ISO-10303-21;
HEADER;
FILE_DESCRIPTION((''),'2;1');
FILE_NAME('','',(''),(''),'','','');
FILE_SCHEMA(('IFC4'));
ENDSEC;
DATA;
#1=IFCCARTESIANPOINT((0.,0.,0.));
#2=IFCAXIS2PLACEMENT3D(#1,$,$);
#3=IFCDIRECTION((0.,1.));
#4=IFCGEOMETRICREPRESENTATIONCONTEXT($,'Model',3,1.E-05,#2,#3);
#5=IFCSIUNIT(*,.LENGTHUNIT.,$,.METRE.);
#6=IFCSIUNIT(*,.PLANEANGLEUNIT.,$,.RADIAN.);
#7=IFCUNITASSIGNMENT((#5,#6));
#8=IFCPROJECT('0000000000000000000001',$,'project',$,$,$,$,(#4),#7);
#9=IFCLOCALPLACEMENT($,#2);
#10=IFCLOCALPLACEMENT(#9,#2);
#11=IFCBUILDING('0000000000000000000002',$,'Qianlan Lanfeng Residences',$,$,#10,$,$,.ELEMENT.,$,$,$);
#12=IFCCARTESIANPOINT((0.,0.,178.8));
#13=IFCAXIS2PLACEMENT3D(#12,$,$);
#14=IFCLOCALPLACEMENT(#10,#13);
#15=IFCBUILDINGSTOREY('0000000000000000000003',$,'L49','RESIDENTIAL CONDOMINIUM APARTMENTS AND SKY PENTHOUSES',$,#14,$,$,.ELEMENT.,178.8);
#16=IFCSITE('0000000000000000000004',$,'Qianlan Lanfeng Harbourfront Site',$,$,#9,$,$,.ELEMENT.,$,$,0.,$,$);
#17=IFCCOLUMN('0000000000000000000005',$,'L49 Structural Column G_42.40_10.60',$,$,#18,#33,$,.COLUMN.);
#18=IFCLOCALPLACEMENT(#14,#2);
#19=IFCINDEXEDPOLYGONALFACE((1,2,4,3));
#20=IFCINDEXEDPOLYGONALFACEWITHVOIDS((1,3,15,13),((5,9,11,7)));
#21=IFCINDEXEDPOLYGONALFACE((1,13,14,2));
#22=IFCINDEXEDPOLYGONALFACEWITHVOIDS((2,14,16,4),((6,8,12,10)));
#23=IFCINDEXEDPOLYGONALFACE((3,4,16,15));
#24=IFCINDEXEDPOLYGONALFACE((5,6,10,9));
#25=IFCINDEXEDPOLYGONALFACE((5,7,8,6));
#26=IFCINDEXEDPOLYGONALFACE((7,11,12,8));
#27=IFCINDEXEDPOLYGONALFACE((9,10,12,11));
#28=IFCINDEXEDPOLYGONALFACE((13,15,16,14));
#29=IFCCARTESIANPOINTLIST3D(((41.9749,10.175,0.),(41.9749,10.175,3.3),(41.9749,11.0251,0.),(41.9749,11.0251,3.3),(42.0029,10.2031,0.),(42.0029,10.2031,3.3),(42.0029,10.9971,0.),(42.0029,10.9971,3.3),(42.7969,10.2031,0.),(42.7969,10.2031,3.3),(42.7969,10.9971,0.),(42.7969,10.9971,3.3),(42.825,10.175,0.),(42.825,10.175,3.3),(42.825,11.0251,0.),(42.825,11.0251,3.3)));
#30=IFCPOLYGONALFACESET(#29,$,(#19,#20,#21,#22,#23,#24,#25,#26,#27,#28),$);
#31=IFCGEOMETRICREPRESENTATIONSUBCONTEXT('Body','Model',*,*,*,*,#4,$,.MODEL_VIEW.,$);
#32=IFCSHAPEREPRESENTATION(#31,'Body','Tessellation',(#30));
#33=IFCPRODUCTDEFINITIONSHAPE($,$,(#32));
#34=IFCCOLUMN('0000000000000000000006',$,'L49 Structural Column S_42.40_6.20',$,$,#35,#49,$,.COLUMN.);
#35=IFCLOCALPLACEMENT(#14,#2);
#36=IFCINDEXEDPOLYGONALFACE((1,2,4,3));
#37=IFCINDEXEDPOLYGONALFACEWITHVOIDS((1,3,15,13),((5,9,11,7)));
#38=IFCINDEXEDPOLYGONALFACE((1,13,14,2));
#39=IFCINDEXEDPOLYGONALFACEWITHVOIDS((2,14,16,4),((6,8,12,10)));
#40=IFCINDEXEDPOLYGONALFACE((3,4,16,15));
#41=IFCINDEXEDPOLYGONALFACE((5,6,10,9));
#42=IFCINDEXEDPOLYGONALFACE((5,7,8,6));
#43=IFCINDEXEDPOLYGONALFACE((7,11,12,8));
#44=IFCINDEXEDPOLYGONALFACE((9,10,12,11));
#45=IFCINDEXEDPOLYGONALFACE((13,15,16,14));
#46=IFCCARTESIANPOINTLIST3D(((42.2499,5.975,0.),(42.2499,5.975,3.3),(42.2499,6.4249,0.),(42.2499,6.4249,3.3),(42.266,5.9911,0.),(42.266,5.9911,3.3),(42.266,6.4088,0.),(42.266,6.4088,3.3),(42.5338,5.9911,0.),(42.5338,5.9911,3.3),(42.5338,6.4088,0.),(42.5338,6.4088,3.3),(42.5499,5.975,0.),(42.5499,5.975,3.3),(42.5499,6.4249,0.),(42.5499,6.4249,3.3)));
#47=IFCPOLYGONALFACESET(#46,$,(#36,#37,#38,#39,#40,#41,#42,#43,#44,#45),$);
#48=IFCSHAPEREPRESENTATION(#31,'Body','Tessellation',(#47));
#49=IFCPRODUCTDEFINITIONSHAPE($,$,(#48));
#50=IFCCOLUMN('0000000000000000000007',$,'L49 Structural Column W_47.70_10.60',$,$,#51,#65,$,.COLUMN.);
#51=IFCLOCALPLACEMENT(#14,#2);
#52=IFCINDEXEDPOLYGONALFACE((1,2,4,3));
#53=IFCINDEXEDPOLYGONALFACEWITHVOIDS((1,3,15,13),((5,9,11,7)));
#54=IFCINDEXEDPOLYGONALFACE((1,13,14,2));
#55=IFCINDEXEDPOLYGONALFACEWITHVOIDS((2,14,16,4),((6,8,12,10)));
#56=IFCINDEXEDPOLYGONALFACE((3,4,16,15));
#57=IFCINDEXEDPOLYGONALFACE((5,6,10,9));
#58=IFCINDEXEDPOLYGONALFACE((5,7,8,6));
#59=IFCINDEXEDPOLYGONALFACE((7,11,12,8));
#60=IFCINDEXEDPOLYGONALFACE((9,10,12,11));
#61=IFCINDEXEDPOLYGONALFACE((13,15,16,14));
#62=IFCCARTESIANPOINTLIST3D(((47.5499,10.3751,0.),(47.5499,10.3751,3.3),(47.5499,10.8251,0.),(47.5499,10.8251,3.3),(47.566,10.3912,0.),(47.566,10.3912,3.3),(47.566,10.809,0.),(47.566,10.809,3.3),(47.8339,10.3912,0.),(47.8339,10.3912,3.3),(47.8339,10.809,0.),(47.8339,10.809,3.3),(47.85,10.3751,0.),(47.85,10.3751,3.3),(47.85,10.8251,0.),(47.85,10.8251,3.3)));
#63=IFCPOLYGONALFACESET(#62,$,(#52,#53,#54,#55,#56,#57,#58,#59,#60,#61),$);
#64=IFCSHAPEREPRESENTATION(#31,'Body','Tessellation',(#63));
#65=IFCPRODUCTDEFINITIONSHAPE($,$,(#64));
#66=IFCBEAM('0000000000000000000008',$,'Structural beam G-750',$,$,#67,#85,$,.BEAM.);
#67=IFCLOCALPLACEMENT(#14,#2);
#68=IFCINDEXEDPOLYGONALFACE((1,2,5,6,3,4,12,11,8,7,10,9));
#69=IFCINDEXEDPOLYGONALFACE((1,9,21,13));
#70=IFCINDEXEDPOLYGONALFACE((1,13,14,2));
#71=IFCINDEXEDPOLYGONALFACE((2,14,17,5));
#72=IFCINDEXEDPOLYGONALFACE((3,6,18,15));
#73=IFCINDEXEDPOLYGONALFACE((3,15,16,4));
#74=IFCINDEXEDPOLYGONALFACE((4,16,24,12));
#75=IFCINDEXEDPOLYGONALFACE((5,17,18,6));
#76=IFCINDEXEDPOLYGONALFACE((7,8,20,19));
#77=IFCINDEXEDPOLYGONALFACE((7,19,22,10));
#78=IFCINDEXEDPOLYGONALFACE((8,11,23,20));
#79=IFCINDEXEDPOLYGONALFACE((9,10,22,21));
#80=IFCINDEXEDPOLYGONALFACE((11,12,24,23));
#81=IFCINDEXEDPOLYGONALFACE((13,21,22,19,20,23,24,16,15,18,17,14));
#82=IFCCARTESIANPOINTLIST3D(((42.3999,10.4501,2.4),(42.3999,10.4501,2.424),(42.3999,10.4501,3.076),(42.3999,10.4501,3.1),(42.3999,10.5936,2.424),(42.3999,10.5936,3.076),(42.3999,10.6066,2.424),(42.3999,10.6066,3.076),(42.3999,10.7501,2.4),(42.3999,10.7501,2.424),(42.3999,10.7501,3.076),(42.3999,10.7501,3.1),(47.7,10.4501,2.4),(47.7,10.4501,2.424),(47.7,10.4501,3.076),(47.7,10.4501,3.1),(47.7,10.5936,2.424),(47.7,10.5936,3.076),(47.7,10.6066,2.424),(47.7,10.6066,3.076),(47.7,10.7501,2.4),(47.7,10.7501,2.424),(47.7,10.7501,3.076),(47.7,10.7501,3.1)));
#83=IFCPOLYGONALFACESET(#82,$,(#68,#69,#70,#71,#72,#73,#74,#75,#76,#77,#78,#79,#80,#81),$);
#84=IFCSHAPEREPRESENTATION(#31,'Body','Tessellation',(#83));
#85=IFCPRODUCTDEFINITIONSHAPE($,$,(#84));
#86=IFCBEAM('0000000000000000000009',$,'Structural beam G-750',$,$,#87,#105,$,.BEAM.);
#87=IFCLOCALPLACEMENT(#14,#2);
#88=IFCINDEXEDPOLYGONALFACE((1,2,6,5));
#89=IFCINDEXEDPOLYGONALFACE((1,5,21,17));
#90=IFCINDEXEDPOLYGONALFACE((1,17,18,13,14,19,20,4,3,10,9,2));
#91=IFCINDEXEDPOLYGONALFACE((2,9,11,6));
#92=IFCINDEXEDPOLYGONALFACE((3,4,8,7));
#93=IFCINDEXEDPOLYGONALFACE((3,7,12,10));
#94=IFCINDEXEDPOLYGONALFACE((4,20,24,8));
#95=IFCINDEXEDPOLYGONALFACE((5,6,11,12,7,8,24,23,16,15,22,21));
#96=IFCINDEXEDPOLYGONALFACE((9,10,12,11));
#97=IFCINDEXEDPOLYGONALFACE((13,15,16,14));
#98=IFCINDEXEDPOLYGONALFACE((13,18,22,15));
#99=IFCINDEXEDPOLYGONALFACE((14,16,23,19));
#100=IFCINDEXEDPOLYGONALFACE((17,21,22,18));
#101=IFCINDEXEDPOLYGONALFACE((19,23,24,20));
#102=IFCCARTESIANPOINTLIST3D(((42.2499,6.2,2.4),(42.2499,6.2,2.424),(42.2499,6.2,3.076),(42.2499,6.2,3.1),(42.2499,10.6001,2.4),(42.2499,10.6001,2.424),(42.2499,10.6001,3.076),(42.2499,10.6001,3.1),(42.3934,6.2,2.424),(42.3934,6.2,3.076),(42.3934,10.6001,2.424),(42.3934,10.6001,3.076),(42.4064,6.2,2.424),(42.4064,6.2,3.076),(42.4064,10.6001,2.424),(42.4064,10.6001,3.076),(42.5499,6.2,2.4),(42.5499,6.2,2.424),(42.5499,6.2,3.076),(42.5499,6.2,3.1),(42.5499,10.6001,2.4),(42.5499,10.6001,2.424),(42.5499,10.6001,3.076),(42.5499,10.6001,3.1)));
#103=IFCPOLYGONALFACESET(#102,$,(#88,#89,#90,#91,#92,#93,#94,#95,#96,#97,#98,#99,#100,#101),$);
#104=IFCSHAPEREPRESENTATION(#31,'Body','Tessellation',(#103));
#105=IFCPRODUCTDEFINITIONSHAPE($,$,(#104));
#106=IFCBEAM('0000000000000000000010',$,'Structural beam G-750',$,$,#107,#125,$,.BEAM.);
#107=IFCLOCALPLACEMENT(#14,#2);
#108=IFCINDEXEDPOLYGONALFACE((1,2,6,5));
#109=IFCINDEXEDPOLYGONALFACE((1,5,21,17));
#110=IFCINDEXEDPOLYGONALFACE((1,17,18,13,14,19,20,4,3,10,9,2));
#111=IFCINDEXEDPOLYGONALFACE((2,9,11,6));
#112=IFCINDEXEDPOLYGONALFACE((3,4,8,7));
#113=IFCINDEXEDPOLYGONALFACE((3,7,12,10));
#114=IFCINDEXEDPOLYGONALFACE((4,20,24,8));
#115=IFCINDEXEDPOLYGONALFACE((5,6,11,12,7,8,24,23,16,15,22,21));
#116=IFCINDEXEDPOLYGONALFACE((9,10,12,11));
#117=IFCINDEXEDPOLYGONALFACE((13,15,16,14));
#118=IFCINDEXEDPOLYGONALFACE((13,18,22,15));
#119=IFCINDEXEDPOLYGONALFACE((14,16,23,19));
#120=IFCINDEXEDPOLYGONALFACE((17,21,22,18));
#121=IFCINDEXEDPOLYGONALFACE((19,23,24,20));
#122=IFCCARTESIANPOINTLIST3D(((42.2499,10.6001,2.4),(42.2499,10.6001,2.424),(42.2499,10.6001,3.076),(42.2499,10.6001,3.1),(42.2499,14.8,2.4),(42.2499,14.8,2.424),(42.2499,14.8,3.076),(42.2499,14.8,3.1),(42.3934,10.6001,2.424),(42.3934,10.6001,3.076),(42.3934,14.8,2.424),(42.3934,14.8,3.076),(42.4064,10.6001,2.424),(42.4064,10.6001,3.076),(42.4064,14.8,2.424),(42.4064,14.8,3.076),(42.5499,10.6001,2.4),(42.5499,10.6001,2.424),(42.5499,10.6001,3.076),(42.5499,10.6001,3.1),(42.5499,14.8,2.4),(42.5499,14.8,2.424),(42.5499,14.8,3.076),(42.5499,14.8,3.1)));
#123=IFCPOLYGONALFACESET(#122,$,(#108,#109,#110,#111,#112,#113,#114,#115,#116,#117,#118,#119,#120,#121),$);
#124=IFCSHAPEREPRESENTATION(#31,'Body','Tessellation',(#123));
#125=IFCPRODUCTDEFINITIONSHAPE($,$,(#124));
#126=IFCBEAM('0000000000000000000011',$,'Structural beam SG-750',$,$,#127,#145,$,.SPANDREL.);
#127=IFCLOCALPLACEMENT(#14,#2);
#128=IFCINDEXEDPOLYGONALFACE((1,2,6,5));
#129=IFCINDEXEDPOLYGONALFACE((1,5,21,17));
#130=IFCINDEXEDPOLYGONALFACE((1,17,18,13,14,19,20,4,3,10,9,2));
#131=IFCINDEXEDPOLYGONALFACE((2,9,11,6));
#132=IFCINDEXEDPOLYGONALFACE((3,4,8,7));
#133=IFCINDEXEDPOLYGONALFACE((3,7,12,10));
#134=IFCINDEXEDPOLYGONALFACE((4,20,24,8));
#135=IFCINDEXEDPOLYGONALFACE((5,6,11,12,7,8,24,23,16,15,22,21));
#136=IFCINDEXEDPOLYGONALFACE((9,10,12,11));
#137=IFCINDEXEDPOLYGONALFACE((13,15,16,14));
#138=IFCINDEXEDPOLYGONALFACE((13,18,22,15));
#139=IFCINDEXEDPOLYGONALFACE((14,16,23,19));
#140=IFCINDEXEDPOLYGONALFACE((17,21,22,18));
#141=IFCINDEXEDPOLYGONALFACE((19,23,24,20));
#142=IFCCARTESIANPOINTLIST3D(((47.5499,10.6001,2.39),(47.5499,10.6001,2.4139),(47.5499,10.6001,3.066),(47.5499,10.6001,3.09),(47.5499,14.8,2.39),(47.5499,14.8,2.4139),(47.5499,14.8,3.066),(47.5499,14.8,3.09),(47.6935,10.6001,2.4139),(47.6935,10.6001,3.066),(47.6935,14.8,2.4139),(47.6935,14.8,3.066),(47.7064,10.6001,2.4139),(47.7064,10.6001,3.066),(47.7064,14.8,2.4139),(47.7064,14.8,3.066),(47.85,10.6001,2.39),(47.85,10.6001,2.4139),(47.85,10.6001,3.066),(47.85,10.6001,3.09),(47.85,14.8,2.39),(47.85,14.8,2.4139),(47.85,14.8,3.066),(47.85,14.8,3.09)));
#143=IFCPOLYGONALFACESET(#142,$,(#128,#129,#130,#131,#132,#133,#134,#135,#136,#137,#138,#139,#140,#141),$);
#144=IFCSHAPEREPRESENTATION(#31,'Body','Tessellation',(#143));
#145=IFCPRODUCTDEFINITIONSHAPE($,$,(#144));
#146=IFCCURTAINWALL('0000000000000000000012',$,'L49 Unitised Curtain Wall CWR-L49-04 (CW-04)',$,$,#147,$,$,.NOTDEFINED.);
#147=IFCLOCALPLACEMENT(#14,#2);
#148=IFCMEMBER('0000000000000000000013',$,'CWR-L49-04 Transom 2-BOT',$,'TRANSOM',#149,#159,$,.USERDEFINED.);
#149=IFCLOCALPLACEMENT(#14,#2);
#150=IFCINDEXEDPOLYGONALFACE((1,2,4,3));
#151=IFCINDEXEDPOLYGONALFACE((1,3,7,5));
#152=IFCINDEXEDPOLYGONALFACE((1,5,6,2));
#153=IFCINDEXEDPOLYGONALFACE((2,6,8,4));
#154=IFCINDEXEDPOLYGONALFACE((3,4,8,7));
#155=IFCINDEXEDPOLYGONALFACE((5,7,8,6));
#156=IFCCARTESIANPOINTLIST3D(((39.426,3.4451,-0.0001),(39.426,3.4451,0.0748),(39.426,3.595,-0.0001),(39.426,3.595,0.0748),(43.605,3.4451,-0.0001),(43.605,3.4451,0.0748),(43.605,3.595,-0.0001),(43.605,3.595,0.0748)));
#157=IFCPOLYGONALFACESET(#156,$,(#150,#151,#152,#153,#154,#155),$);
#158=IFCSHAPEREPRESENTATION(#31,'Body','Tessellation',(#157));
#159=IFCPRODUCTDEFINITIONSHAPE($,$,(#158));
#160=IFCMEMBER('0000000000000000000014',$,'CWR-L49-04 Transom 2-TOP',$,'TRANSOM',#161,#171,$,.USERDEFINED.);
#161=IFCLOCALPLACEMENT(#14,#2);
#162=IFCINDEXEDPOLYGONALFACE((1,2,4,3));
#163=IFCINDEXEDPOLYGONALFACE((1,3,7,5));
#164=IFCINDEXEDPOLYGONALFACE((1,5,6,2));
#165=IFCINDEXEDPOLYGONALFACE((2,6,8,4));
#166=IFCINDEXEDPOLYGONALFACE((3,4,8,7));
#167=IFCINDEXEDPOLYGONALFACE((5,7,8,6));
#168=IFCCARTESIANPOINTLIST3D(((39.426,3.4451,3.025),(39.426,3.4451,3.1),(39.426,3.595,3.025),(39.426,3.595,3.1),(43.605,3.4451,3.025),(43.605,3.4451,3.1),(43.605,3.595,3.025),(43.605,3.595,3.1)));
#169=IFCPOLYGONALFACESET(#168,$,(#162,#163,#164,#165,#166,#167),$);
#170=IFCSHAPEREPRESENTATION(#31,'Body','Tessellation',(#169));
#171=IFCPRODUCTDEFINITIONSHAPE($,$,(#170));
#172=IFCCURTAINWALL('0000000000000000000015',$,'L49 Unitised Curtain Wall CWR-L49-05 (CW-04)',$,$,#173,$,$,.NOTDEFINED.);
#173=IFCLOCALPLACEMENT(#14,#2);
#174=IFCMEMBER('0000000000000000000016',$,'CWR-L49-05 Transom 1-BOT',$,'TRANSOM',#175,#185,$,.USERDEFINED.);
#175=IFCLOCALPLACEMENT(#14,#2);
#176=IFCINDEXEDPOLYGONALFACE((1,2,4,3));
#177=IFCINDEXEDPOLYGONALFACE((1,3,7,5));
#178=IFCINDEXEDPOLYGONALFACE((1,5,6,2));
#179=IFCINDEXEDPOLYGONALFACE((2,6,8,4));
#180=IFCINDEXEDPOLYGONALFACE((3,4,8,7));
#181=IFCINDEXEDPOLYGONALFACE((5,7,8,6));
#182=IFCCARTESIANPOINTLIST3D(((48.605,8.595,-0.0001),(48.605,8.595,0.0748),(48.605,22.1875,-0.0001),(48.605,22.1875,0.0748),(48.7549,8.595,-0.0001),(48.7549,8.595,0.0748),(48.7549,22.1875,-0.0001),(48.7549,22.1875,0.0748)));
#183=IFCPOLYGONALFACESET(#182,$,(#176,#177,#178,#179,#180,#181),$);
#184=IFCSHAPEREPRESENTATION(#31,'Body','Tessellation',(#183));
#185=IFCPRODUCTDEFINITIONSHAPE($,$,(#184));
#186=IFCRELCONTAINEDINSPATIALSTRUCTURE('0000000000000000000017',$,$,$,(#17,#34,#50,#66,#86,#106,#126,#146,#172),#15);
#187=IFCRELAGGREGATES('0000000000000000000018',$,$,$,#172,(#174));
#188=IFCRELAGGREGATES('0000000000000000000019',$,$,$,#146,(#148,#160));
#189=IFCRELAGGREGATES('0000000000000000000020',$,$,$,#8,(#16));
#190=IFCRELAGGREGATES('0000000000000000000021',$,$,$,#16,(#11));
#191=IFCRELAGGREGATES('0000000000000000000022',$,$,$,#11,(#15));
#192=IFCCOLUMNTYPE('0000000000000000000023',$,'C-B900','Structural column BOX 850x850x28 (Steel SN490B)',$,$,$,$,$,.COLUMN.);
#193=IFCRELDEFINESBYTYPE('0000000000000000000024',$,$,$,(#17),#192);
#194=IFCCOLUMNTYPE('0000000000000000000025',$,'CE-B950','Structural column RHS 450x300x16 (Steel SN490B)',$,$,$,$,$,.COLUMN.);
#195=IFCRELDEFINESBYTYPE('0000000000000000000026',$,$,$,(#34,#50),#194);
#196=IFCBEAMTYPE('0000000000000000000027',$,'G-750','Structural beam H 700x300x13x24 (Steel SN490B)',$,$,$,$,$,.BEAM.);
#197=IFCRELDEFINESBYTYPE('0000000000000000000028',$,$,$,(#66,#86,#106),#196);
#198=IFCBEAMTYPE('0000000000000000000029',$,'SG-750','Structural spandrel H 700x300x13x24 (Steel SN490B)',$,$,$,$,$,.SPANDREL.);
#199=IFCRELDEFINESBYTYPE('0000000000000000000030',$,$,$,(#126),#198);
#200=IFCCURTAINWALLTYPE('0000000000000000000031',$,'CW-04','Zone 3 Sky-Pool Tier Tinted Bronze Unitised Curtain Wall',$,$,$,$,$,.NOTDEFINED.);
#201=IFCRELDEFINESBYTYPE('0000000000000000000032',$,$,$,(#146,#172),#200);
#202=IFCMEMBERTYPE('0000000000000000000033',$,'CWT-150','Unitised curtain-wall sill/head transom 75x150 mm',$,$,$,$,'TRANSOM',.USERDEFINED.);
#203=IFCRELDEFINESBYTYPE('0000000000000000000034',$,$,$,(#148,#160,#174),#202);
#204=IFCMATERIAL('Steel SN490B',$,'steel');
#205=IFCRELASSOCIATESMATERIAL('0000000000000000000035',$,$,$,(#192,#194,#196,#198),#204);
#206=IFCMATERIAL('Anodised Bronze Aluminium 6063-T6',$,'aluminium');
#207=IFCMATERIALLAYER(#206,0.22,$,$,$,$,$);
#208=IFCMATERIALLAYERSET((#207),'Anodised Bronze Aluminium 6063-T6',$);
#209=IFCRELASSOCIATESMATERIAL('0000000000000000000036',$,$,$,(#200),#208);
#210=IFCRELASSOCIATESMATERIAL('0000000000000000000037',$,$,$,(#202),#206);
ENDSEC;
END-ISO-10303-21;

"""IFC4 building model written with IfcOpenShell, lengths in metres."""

from ifc_helpers import new_model, si_unit, direction, frame, origin, origin_2d, place, context, subcontext, project, spatial, rectangle, hollow_rectangle, i_section, extrude, source, transform, mapped, material, layer, layer_set, material_profile, profile_set, type_object, element, aggregate, save


model = new_model("IFC4")

# Units and contexts
model_context = context("Model", 3, precision=1e-05, world=origin(), true_north=direction((0.0, 1.0)))
body_context = subcontext(model_context, "Body", "Model", "MODEL_VIEW")
ifc_project = project(units=[si_unit("LENGTHUNIT", "METRE"), si_unit("PLANEANGLEUNIT", "RADIAN")], contexts=[model_context])

# Site, building, storey
site_placement = place(None, origin())
site = spatial("IfcSite", under=ifc_project, at=site_placement, Name="Qianlan Lanfeng Harbourfront Site", CompositionType="ELEMENT", RefElevation=0.0)
building_placement = place(site_placement, origin())
building = spatial("IfcBuilding", under=site, at=building_placement, Name="Qianlan Lanfeng Residences", CompositionType="ELEMENT")
storey_placement = place(building_placement, frame((0.0, 0.0, 178.8)))
storey = spatial("IfcBuildingStorey", under=building, at=storey_placement, Name="L49", Description="RESIDENTIAL CONDOMINIUM APARTMENTS AND SKY PENTHOUSES", CompositionType="ELEMENT", Elevation=178.8)

# Columns
ifc_material_1 = material(Name="Steel SN490B", Category="steel")
ifc_material_profile_1 = material_profile(ifc_material_1, hollow_rectangle(XDim=0.8501, YDim=0.8501, WallThickness=0.0281, at=origin_2d()), Name="BOX 850x850x28")
ifc_profile_set_1 = profile_set([ifc_material_profile_1], Name="Steel SN490B")
column_type_1 = type_object("IfcColumnType", Name="C-B900", Description="Structural column BOX 850x850x28 (Steel SN490B)", PredefinedType="COLUMN", material=ifc_profile_set_1)
column_placement = place(storey_placement, frame((42.3999, 10.6001, 0.0), z_axis=(0.0, 0.0, 1.0), x_axis=(1.0, 0.0, 0.0)))
element("IfcColumn", 1, at=column_placement, inside=storey, type_object=column_type_1, Name="L49 Structural Column G_42.40_10.60", PredefinedType="COLUMN", context=body_context, shape_type="SweptSolid", body=[
    extrude(hollow_rectangle(XDim=0.8501, YDim=0.8501, WallThickness=0.0281, at=origin_2d()), origin(), (0.0, 0.0, 1.0), 3.3),
])
ifc_material_profile_2 = material_profile(ifc_material_1, hollow_rectangle(XDim=0.3, YDim=0.45, WallThickness=0.0161, at=origin_2d()), Name="RHS 450x300x16")
ifc_profile_set_2 = profile_set([ifc_material_profile_2], Name="Steel SN490B")
column_type_2 = type_object("IfcColumnType", Name="CE-B950", Description="Structural column RHS 450x300x16 (Steel SN490B)", PredefinedType="COLUMN", material=ifc_profile_set_2)
for number, where, z_axis, x_axis, name in (
    (2, (42.3999, 6.2, 0.0), (0.0, 0.0, 1.0), (1.0, 0.0, 0.0), "L49 Structural Column S_42.40_6.20"),
    (3, (47.7, 10.6001, 0.0), (0.0, 0.0, 1.0), (1.0, 0.0, 0.0), "L49 Structural Column W_47.70_10.60"),
):
    element("IfcColumn", number, at=place(storey_placement, frame(where, z_axis=z_axis, x_axis=x_axis)), inside=storey, type_object=column_type_2, Name=name, PredefinedType="COLUMN", context=body_context, shape_type="SweptSolid", body=[
        extrude(hollow_rectangle(XDim=0.3, YDim=0.45, WallThickness=0.0161, at=origin_2d()), origin(), (0.0, 0.0, 1.0), 3.3),
    ])

# Beams
ifc_material_profile_3 = material_profile(ifc_material_1, i_section(OverallWidth=0.3, OverallDepth=0.7, WebThickness=0.0129, FlangeThickness=0.0239, at=origin_2d()), Name="H 700x300x13x24")
ifc_profile_set_3 = profile_set([ifc_material_profile_3], Name="Steel SN490B")
beam_type_1 = type_object("IfcBeamType", Name="G-750", Description="Structural beam H 700x300x13x24 (Steel SN490B)", PredefinedType="BEAM", material=ifc_profile_set_3)
beam_1_placement = place(storey_placement, frame((42.3999, 10.6001, 2.75), z_axis=(1.0, 0.0, 0.0), x_axis=(0.0, 1.0, 0.0)))
element("IfcBeam", 4, at=beam_1_placement, inside=storey, type_object=beam_type_1, Name="Structural beam G-750", PredefinedType="BEAM", context=body_context, shape_type="SweptSolid", body=[
    extrude(i_section(OverallWidth=0.3, OverallDepth=0.7, WebThickness=0.0129, FlangeThickness=0.0239, at=origin_2d()), origin(), (0.0, 0.0, 1.0), 5.3),
])
beam_2_placement = place(storey_placement, frame((42.3999, 6.2, 2.75), z_axis=(0.0, 1.0, 0.0), x_axis=(-1.0, 0.0, 0.0)))
element("IfcBeam", 5, at=beam_2_placement, inside=storey, type_object=beam_type_1, Name="Structural beam G-750", PredefinedType="BEAM", context=body_context, shape_type="SweptSolid", body=[
    extrude(i_section(OverallWidth=0.3, OverallDepth=0.7, WebThickness=0.0129, FlangeThickness=0.0239, at=origin_2d()), origin(), (0.0, 0.0, 1.0), 4.4001),
])
beam_3_placement = place(storey_placement, frame((42.3999, 10.6001, 2.75), z_axis=(0.0, 1.0, 0.0), x_axis=(-1.0, 0.0, 0.0)))
element("IfcBeam", 6, at=beam_3_placement, inside=storey, type_object=beam_type_1, Name="Structural beam G-750", PredefinedType="BEAM", context=body_context, shape_type="SweptSolid", body=[
    extrude(i_section(OverallWidth=0.3, OverallDepth=0.7, WebThickness=0.0129, FlangeThickness=0.0239, at=origin_2d()), origin(), (0.0, 0.0, 1.0), 4.2),
])
ifc_material_profile_4 = material_profile(ifc_material_1, i_section(OverallWidth=0.3, OverallDepth=0.7, WebThickness=0.0129, FlangeThickness=0.0239, at=origin_2d()), Name="H 700x300x13x24")
ifc_profile_set_4 = profile_set([ifc_material_profile_4], Name="Steel SN490B")
beam_type_2 = type_object("IfcBeamType", Name="SG-750", Description="Structural spandrel H 700x300x13x24 (Steel SN490B)", PredefinedType="SPANDREL", material=ifc_profile_set_4)
beam_4_placement = place(storey_placement, frame((47.7, 10.6001, 2.74), z_axis=(0.0, 1.0, 0.0), x_axis=(-1.0, 0.0, 0.0)))
element("IfcBeam", 7, at=beam_4_placement, inside=storey, type_object=beam_type_2, Name="Structural beam SG-750", PredefinedType="SPANDREL", context=body_context, shape_type="SweptSolid", body=[
    extrude(i_section(OverallWidth=0.3, OverallDepth=0.7, WebThickness=0.0129, FlangeThickness=0.0239, at=origin_2d()), origin(), (0.0, 0.0, 1.0), 4.2),
])

# Curtain walls, members
ifc_material_2 = material(Name="Anodised Bronze Aluminium 6063-T6", Category="aluminium")
ifc_layer_1 = layer(ifc_material_2, 0.22)
ifc_layer_set_1 = layer_set([ifc_layer_1], Name="Anodised Bronze Aluminium 6063-T6")
curtain_wall_type = type_object("IfcCurtainWallType", Name="CW-04", Description="Zone 3 Sky-Pool Tier Tinted Bronze Unitised Curtain Wall", PredefinedType="NOTDEFINED", material=ifc_layer_set_1)
curtain_wall_1_placement = place(storey_placement, origin())
curtain_wall_1 = element("IfcCurtainWall", 8, at=curtain_wall_1_placement, inside=storey, type_object=curtain_wall_type, Name="L49 Unitised Curtain Wall CWR-L49-04 (CW-04)", PredefinedType="NOTDEFINED")
ifc_material_profile_5 = material_profile(ifc_material_2, rectangle(XDim=0.075, YDim=0.1499, at=origin_2d()), Name="ALU TRANSOM 75x150")
ifc_profile_set_5 = profile_set([ifc_material_profile_5], Name="Anodised Bronze Aluminium 6063-T6")
member_type_1 = type_object("IfcMemberType", Name="CWT-150", Description="Unitised curtain-wall sill/head transom 75x150 mm", ElementType="TRANSOM", PredefinedType="USERDEFINED", material=ifc_profile_set_5)
shared_shape_1 = source(origin(), body_context, "Body", "SweptSolid", [
    extrude(rectangle(XDim=0.075, YDim=0.1499, at=origin_2d()), origin(), (0.0, 0.0, 1.0), 4.179),
])
member_1_placement = place(storey_placement, frame((39.426, 3.52, 0.0374), z_axis=(1.0, 0.0, 0.0), x_axis=(0.0, 0.0, 1.0)))
member_1 = element("IfcMember", 9, at=member_1_placement, type_object=member_type_1, Name="CWR-L49-04 Transom 2-BOT", ObjectType="TRANSOM", PredefinedType="USERDEFINED", context=body_context, shape_type="MappedRepresentation", body=[
    mapped(shared_shape_1, transform((0.0, 0.0, 0.0), scale=1.0)),
])
member_2_placement = place(storey_placement, frame((39.426, 3.52, 3.0625), z_axis=(1.0, 0.0, 0.0), x_axis=(0.0, 0.0, 1.0)))
member_2 = element("IfcMember", 10, at=member_2_placement, type_object=member_type_1, Name="CWR-L49-04 Transom 2-TOP", ObjectType="TRANSOM", PredefinedType="USERDEFINED", context=body_context, shape_type="MappedRepresentation", body=[
    mapped(shared_shape_1, transform((0.0, 0.0, 0.0), scale=1.0)),
])
curtain_wall_2_placement = place(storey_placement, origin())
curtain_wall_2 = element("IfcCurtainWall", 11, at=curtain_wall_2_placement, inside=storey, type_object=curtain_wall_type, Name="L49 Unitised Curtain Wall CWR-L49-05 (CW-04)", PredefinedType="NOTDEFINED")
shared_shape_2 = source(origin(), body_context, "Body", "SweptSolid", [
    extrude(rectangle(XDim=0.075, YDim=0.1499, at=origin_2d()), origin(), (0.0, 0.0, 1.0), 13.5925),
])
member_3_placement = place(storey_placement, frame((48.6799, 8.595, 0.0374), z_axis=(0.0, 1.0, 0.0), x_axis=(0.0, 0.0, 1.0)))
member_3 = element("IfcMember", 12, at=member_3_placement, type_object=member_type_1, Name="CWR-L49-05 Transom 1-BOT", ObjectType="TRANSOM", PredefinedType="USERDEFINED", context=body_context, shape_type="MappedRepresentation", body=[
    mapped(shared_shape_2, transform((0.0, 0.0, 0.0), scale=1.0)),
])

aggregate(curtain_wall_2, [member_3])

aggregate(curtain_wall_1, [member_1, member_2])

save(model, "model.ifc")
